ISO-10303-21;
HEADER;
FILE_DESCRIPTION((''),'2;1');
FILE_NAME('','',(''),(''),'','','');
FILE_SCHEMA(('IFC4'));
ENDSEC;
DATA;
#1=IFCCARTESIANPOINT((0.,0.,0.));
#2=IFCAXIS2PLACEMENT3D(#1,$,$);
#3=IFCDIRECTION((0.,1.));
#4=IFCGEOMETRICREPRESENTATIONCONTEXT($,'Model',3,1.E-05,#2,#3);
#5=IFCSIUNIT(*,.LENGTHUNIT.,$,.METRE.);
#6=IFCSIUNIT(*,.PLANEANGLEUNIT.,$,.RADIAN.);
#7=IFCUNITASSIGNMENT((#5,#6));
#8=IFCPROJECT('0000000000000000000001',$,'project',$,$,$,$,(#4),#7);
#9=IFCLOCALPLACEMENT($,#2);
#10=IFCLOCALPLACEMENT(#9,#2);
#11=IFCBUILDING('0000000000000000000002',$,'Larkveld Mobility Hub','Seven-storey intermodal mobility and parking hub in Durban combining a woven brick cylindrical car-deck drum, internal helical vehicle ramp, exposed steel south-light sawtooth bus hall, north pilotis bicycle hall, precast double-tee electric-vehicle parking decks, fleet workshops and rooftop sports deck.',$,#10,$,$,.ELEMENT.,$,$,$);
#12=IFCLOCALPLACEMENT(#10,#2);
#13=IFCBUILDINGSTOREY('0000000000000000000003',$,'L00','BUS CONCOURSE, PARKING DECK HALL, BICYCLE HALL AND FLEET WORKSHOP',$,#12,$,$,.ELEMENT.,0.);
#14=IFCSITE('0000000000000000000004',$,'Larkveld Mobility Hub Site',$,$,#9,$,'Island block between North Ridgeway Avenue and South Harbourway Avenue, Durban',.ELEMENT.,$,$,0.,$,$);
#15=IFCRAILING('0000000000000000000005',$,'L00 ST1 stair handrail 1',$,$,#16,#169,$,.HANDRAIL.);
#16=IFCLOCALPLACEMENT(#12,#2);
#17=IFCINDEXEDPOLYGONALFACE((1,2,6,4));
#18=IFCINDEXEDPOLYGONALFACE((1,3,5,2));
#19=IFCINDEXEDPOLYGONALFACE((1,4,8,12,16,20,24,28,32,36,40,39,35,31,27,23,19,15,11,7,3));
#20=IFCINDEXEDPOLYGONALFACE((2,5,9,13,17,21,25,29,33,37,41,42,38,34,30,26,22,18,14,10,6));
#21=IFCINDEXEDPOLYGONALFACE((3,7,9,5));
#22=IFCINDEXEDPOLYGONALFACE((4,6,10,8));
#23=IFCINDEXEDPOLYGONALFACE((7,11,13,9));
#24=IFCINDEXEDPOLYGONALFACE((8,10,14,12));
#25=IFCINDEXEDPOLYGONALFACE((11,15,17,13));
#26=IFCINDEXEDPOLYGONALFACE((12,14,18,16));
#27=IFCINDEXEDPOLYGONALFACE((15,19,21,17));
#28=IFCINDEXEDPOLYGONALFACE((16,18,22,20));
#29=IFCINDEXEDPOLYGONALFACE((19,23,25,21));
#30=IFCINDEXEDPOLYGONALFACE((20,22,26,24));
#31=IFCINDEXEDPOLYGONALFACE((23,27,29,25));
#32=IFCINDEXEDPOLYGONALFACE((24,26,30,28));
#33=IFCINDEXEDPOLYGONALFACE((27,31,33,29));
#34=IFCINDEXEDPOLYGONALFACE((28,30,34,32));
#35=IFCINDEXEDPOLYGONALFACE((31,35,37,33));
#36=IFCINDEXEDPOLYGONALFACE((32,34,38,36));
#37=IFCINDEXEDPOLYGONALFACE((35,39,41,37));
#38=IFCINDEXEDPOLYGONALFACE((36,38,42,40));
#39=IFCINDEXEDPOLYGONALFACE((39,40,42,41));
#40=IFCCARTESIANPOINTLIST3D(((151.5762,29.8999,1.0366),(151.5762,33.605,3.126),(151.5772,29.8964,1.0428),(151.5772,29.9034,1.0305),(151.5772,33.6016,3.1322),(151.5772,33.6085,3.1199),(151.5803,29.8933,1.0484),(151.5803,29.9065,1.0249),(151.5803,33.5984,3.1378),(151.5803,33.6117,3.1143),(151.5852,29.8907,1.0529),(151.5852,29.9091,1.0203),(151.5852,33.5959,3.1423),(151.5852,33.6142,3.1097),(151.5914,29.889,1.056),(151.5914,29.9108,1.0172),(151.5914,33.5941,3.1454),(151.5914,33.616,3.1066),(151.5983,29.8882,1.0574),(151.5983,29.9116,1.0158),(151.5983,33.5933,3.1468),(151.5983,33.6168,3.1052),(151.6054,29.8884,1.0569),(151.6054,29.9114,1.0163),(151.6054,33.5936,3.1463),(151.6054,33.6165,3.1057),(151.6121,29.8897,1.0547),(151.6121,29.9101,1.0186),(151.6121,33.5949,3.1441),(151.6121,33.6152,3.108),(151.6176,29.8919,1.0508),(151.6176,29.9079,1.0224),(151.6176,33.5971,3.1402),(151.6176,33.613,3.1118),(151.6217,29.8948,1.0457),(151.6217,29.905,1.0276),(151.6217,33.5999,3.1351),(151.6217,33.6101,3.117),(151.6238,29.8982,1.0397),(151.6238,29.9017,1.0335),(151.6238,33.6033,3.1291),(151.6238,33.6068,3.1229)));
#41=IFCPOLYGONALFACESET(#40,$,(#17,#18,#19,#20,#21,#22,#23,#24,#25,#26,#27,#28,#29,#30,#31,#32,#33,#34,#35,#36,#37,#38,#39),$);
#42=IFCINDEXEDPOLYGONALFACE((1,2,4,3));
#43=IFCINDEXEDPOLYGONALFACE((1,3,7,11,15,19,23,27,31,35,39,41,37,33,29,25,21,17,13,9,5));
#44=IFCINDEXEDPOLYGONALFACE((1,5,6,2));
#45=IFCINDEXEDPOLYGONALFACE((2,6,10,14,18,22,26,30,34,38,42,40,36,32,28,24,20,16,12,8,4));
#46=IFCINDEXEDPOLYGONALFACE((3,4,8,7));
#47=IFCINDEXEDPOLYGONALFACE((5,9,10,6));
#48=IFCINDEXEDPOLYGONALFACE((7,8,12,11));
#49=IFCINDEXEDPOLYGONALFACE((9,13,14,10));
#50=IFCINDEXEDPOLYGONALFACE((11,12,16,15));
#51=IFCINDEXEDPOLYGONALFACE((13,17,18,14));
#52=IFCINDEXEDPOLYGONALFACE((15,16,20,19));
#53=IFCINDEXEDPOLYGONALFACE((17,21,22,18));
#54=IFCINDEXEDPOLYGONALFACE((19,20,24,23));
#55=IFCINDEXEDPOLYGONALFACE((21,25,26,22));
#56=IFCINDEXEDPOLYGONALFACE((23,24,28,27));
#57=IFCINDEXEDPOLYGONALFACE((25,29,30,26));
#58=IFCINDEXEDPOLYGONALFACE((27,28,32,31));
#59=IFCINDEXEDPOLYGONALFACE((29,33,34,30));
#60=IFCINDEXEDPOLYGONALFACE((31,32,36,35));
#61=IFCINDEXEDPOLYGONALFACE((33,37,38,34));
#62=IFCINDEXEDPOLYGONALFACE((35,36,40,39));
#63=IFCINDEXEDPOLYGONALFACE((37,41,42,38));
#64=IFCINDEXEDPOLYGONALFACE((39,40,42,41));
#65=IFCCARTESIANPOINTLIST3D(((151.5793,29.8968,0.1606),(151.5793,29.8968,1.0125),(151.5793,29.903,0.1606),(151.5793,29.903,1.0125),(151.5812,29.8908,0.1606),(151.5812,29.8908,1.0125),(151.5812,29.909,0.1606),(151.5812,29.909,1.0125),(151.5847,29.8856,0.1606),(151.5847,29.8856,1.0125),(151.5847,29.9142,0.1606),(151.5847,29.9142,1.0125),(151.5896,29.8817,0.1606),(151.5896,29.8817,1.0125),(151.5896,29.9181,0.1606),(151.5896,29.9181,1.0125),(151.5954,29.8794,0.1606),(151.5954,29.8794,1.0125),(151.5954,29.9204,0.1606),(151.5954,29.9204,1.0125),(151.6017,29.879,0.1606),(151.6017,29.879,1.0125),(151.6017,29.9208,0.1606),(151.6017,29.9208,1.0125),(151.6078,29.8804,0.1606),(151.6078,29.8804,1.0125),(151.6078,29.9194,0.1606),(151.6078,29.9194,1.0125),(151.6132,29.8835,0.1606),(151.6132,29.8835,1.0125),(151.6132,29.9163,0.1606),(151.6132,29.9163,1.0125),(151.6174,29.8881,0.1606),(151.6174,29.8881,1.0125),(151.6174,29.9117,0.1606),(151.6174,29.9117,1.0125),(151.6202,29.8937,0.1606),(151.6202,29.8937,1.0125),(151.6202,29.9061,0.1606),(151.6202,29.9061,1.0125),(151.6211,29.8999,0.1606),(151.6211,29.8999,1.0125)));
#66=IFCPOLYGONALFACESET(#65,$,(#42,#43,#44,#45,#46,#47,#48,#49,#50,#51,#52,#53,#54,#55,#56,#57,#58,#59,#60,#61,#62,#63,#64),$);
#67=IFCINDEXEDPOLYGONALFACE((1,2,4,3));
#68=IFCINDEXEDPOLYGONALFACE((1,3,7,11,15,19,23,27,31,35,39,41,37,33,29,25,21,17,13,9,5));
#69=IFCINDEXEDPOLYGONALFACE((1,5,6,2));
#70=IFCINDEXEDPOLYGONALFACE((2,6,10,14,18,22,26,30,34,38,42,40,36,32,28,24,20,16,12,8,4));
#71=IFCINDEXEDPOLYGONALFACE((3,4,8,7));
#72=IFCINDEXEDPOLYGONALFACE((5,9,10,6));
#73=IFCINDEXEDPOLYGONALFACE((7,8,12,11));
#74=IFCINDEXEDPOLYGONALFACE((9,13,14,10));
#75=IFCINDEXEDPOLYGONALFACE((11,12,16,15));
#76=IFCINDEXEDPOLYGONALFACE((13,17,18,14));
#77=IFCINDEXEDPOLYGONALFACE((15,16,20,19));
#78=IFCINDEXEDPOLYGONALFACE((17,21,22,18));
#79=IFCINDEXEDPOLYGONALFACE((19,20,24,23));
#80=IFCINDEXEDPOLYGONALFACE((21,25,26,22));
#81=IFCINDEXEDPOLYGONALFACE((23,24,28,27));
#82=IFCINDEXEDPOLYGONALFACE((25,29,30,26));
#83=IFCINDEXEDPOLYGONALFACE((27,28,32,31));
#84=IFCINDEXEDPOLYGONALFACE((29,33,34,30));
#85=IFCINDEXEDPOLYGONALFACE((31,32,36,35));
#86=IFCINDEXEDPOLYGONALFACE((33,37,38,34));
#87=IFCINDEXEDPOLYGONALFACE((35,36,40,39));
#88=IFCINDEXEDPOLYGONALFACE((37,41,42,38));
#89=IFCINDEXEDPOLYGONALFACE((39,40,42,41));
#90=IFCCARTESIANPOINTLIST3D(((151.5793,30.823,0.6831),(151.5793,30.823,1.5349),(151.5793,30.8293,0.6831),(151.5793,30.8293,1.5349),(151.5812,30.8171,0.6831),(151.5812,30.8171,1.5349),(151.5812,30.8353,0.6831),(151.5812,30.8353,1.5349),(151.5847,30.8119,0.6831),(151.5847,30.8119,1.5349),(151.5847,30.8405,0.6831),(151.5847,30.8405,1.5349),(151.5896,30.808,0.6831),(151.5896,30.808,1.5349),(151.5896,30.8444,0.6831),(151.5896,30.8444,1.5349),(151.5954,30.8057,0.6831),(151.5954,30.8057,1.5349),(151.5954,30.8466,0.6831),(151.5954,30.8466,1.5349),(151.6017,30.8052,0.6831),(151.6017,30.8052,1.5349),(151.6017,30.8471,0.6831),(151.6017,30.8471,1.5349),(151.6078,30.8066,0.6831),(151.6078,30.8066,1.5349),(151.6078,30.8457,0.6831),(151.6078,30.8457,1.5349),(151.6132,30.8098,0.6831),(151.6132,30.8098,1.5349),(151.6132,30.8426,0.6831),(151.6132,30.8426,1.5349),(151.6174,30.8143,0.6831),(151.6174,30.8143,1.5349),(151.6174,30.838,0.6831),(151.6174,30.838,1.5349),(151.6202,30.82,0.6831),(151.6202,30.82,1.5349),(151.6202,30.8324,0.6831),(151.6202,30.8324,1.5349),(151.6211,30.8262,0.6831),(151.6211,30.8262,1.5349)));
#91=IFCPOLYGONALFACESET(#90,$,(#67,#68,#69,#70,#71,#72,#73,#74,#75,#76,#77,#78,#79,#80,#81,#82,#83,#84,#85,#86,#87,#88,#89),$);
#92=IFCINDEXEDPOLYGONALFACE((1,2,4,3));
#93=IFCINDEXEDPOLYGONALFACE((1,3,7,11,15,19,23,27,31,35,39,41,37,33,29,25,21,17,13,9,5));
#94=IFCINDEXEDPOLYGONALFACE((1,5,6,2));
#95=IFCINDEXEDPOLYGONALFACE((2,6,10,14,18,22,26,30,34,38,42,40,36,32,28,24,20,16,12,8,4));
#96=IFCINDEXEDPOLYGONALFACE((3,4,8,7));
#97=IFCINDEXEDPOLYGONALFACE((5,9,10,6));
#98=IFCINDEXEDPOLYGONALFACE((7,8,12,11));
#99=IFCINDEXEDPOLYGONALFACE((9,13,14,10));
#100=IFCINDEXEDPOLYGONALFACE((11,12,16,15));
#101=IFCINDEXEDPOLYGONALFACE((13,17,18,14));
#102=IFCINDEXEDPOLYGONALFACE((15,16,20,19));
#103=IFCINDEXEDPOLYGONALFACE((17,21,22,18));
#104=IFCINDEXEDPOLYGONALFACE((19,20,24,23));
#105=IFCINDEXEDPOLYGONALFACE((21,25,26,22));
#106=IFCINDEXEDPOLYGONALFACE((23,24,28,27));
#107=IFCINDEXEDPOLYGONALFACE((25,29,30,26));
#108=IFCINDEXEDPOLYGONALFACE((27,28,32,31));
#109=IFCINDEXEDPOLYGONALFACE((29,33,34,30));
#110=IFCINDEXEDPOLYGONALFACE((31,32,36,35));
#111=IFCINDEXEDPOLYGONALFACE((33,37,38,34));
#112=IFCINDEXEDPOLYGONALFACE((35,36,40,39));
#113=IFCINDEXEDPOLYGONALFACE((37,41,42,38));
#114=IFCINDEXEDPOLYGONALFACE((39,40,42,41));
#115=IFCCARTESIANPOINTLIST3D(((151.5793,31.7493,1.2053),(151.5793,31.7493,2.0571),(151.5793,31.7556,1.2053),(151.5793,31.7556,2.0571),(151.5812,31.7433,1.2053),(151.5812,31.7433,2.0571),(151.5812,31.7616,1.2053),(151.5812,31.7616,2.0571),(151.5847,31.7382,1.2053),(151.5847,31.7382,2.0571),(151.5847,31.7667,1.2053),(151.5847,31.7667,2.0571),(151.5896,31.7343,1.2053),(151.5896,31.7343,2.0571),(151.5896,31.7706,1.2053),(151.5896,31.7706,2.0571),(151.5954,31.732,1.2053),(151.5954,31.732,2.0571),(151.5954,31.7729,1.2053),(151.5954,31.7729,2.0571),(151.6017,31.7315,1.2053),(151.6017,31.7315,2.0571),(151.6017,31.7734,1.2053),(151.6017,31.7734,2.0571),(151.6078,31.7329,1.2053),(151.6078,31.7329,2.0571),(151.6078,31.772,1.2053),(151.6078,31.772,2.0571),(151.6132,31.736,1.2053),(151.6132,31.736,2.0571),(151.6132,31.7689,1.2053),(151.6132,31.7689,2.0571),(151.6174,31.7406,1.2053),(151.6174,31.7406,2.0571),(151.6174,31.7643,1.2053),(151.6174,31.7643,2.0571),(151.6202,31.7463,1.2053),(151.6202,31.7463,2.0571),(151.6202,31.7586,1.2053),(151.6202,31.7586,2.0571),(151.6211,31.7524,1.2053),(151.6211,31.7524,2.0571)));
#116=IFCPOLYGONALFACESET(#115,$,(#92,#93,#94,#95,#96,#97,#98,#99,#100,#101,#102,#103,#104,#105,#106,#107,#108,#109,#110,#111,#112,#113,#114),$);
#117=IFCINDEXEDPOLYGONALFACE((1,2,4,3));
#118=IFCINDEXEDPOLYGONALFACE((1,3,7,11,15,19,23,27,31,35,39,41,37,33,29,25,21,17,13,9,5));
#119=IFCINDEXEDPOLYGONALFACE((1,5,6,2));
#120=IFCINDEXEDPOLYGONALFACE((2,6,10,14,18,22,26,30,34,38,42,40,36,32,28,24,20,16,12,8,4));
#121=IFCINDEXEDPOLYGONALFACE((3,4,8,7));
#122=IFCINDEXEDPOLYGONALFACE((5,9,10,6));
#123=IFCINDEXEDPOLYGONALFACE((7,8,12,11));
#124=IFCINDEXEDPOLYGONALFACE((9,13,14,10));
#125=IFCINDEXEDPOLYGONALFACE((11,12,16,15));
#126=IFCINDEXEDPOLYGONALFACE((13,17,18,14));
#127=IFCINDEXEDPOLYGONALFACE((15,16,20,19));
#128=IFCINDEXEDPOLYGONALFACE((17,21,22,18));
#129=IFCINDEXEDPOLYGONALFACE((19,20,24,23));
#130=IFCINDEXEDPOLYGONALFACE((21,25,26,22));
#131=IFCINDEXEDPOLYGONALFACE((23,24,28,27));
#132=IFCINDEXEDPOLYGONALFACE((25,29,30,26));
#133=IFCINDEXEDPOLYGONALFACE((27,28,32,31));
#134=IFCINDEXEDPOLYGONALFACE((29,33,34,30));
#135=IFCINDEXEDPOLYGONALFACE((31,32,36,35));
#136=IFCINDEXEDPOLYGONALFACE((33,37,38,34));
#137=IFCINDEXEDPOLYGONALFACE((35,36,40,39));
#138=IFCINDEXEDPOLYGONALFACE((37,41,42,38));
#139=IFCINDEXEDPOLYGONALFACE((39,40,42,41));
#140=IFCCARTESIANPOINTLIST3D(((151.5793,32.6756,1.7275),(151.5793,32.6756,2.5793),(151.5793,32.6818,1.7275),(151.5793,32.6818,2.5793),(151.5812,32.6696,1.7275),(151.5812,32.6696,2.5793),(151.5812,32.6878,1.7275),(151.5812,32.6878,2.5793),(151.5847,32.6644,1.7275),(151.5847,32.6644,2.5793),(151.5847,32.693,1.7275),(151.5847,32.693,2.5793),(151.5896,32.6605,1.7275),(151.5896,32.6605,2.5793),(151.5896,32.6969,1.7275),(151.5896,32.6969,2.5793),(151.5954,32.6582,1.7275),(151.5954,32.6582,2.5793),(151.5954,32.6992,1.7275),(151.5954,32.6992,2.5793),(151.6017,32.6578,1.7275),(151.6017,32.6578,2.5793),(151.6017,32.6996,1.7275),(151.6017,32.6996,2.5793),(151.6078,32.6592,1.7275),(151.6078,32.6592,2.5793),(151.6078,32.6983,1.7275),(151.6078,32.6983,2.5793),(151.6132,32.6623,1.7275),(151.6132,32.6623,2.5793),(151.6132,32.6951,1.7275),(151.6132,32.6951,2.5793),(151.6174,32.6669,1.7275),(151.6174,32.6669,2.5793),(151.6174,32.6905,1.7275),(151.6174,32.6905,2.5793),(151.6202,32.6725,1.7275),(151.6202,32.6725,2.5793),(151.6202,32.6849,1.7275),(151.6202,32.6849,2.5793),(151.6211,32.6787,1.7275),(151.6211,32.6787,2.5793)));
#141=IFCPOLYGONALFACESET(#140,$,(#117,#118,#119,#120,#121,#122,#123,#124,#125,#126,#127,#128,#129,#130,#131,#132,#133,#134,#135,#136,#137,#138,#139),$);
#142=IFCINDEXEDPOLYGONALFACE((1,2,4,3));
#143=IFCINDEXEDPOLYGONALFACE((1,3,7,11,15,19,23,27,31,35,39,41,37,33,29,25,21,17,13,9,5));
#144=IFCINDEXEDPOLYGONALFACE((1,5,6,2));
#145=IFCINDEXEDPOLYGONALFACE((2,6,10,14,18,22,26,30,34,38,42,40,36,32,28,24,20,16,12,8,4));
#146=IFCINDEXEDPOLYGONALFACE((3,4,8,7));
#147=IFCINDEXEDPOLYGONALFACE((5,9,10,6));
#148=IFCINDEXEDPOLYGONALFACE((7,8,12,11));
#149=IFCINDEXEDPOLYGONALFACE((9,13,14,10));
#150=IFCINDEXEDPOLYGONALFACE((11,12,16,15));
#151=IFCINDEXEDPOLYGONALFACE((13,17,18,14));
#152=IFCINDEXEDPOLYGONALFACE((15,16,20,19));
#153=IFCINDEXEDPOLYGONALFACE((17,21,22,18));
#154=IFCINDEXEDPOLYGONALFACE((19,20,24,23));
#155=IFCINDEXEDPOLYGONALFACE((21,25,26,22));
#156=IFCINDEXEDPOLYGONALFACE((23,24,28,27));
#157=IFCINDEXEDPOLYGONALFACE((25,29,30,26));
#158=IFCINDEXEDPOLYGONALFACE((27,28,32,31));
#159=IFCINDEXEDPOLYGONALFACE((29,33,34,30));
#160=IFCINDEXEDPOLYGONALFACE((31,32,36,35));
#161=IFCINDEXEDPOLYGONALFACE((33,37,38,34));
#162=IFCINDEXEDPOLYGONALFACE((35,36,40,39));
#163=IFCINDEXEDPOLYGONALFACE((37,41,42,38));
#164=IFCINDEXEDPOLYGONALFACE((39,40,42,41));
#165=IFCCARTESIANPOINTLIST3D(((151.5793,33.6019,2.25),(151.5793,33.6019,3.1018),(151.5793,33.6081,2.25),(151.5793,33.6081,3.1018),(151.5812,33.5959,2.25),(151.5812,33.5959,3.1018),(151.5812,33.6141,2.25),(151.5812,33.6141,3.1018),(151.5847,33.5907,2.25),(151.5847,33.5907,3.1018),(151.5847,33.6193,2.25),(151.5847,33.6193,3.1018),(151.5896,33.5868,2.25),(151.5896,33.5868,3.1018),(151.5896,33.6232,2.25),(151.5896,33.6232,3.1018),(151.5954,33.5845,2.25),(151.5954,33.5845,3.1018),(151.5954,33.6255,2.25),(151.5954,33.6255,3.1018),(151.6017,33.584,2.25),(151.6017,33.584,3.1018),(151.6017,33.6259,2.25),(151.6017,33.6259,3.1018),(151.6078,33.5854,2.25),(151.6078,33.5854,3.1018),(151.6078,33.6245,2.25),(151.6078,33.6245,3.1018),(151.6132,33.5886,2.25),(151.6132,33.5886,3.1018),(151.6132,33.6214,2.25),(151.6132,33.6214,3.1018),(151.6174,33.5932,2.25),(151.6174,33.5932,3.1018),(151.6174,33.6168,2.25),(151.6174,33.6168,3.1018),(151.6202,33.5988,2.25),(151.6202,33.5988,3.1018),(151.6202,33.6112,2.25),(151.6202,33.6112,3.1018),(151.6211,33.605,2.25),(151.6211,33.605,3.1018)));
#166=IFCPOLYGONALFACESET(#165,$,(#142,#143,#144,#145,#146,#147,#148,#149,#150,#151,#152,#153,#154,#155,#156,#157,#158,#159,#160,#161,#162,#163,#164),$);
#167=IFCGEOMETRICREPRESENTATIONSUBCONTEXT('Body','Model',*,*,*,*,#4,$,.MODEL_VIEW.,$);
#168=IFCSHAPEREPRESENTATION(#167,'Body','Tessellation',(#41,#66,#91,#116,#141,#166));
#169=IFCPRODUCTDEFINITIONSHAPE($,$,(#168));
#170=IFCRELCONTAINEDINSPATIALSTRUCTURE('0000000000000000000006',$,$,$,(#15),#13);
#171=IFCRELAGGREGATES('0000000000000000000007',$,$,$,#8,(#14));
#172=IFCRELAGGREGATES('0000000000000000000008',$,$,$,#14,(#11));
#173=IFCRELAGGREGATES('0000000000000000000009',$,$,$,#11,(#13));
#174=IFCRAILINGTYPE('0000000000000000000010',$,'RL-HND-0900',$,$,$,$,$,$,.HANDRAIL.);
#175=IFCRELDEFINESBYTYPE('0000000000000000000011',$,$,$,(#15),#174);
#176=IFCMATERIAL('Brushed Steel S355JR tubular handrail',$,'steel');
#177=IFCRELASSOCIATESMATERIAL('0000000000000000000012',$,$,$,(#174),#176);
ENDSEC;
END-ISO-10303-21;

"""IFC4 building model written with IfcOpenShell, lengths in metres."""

from ifc_helpers import new_model, si_unit, direction, frame, origin, origin_2d, place, context, subcontext, project, spatial, circle, extrude, material, type_object, element, save


model = new_model("IFC4")

# Units and contexts
model_context = context("Model", 3, precision=1e-05, world=origin(), true_north=direction((0.0, 1.0)))
body_context = subcontext(model_context, "Body", "Model", "MODEL_VIEW")
ifc_project = project(units=[si_unit("LENGTHUNIT", "METRE"), si_unit("PLANEANGLEUNIT", "RADIAN")], contexts=[model_context])

# Site, building, storey
site_placement = place(None, origin())
site = spatial("IfcSite", under=ifc_project, at=site_placement, Name="Larkveld Mobility Hub Site", LongName="Island block between North Ridgeway Avenue and South Harbourway Avenue, Durban", CompositionType="ELEMENT", RefElevation=0.0)
building_placement = place(site_placement, origin())
building = spatial("IfcBuilding", under=site, at=building_placement, Name="Larkveld Mobility Hub", Description="Seven-storey intermodal mobility and parking hub in Durban combining a woven brick cylindrical car-deck drum, internal helical vehicle ramp, exposed steel south-light sawtooth bus hall, north pilotis bicycle hall, precast double-tee electric-vehicle parking decks, fleet workshops and rooftop sports deck.", CompositionType="ELEMENT")
storey_placement = place(building_placement, origin())
storey = spatial("IfcBuildingStorey", under=building, at=storey_placement, Name="L00", Description="BUS CONCOURSE, PARKING DECK HALL, BICYCLE HALL AND FLEET WORKSHOP", CompositionType="ELEMENT", Elevation=0.0)

# Railing
ifc_material_1 = material(Name="Brushed Steel S355JR tubular handrail", Category="steel")
railing_type_1 = type_object("IfcRailingType", Name="RL-HND-0900", PredefinedType="HANDRAIL", material=ifc_material_1)
railing_1_placement = place(storey_placement, frame((151.6001, 29.8999, 0.1606)))
element("IfcRailing", 1, at=railing_1_placement, inside=storey, type_object=railing_type_1, Name="L00 ST1 stair handrail 1", PredefinedType="HANDRAIL", context=body_context, shape_type="SweptSolid", body=[
    extrude(circle(Radius=0.0239, at=origin_2d()), frame((0.0, 0.0, 0.876), z_axis=(0.0, 0.871048, 0.491198), x_axis=(-1.0, 0.0, 0.0)), (0.0, 0.0, 1.0), 4.2537),
    extrude(circle(Radius=0.021, at=origin_2d()), origin(), (0.0, 0.0, 1.0), 0.8518),
    extrude(circle(Radius=0.021, at=origin_2d()), frame((0.0, 0.9263, 0.5225)), (0.0, 0.0, 1.0), 0.8518),
    extrude(circle(Radius=0.021, at=origin_2d()), frame((0.0, 1.8525, 1.0447)), (0.0, 0.0, 1.0), 0.8518),
    extrude(circle(Radius=0.021, at=origin_2d()), frame((0.0, 2.7788, 1.5669)), (0.0, 0.0, 1.0), 0.8518),
    extrude(circle(Radius=0.021, at=origin_2d()), frame((0.0, 3.7051, 2.0894)), (0.0, 0.0, 1.0), 0.8518),
])

save(model, "model.ifc")
